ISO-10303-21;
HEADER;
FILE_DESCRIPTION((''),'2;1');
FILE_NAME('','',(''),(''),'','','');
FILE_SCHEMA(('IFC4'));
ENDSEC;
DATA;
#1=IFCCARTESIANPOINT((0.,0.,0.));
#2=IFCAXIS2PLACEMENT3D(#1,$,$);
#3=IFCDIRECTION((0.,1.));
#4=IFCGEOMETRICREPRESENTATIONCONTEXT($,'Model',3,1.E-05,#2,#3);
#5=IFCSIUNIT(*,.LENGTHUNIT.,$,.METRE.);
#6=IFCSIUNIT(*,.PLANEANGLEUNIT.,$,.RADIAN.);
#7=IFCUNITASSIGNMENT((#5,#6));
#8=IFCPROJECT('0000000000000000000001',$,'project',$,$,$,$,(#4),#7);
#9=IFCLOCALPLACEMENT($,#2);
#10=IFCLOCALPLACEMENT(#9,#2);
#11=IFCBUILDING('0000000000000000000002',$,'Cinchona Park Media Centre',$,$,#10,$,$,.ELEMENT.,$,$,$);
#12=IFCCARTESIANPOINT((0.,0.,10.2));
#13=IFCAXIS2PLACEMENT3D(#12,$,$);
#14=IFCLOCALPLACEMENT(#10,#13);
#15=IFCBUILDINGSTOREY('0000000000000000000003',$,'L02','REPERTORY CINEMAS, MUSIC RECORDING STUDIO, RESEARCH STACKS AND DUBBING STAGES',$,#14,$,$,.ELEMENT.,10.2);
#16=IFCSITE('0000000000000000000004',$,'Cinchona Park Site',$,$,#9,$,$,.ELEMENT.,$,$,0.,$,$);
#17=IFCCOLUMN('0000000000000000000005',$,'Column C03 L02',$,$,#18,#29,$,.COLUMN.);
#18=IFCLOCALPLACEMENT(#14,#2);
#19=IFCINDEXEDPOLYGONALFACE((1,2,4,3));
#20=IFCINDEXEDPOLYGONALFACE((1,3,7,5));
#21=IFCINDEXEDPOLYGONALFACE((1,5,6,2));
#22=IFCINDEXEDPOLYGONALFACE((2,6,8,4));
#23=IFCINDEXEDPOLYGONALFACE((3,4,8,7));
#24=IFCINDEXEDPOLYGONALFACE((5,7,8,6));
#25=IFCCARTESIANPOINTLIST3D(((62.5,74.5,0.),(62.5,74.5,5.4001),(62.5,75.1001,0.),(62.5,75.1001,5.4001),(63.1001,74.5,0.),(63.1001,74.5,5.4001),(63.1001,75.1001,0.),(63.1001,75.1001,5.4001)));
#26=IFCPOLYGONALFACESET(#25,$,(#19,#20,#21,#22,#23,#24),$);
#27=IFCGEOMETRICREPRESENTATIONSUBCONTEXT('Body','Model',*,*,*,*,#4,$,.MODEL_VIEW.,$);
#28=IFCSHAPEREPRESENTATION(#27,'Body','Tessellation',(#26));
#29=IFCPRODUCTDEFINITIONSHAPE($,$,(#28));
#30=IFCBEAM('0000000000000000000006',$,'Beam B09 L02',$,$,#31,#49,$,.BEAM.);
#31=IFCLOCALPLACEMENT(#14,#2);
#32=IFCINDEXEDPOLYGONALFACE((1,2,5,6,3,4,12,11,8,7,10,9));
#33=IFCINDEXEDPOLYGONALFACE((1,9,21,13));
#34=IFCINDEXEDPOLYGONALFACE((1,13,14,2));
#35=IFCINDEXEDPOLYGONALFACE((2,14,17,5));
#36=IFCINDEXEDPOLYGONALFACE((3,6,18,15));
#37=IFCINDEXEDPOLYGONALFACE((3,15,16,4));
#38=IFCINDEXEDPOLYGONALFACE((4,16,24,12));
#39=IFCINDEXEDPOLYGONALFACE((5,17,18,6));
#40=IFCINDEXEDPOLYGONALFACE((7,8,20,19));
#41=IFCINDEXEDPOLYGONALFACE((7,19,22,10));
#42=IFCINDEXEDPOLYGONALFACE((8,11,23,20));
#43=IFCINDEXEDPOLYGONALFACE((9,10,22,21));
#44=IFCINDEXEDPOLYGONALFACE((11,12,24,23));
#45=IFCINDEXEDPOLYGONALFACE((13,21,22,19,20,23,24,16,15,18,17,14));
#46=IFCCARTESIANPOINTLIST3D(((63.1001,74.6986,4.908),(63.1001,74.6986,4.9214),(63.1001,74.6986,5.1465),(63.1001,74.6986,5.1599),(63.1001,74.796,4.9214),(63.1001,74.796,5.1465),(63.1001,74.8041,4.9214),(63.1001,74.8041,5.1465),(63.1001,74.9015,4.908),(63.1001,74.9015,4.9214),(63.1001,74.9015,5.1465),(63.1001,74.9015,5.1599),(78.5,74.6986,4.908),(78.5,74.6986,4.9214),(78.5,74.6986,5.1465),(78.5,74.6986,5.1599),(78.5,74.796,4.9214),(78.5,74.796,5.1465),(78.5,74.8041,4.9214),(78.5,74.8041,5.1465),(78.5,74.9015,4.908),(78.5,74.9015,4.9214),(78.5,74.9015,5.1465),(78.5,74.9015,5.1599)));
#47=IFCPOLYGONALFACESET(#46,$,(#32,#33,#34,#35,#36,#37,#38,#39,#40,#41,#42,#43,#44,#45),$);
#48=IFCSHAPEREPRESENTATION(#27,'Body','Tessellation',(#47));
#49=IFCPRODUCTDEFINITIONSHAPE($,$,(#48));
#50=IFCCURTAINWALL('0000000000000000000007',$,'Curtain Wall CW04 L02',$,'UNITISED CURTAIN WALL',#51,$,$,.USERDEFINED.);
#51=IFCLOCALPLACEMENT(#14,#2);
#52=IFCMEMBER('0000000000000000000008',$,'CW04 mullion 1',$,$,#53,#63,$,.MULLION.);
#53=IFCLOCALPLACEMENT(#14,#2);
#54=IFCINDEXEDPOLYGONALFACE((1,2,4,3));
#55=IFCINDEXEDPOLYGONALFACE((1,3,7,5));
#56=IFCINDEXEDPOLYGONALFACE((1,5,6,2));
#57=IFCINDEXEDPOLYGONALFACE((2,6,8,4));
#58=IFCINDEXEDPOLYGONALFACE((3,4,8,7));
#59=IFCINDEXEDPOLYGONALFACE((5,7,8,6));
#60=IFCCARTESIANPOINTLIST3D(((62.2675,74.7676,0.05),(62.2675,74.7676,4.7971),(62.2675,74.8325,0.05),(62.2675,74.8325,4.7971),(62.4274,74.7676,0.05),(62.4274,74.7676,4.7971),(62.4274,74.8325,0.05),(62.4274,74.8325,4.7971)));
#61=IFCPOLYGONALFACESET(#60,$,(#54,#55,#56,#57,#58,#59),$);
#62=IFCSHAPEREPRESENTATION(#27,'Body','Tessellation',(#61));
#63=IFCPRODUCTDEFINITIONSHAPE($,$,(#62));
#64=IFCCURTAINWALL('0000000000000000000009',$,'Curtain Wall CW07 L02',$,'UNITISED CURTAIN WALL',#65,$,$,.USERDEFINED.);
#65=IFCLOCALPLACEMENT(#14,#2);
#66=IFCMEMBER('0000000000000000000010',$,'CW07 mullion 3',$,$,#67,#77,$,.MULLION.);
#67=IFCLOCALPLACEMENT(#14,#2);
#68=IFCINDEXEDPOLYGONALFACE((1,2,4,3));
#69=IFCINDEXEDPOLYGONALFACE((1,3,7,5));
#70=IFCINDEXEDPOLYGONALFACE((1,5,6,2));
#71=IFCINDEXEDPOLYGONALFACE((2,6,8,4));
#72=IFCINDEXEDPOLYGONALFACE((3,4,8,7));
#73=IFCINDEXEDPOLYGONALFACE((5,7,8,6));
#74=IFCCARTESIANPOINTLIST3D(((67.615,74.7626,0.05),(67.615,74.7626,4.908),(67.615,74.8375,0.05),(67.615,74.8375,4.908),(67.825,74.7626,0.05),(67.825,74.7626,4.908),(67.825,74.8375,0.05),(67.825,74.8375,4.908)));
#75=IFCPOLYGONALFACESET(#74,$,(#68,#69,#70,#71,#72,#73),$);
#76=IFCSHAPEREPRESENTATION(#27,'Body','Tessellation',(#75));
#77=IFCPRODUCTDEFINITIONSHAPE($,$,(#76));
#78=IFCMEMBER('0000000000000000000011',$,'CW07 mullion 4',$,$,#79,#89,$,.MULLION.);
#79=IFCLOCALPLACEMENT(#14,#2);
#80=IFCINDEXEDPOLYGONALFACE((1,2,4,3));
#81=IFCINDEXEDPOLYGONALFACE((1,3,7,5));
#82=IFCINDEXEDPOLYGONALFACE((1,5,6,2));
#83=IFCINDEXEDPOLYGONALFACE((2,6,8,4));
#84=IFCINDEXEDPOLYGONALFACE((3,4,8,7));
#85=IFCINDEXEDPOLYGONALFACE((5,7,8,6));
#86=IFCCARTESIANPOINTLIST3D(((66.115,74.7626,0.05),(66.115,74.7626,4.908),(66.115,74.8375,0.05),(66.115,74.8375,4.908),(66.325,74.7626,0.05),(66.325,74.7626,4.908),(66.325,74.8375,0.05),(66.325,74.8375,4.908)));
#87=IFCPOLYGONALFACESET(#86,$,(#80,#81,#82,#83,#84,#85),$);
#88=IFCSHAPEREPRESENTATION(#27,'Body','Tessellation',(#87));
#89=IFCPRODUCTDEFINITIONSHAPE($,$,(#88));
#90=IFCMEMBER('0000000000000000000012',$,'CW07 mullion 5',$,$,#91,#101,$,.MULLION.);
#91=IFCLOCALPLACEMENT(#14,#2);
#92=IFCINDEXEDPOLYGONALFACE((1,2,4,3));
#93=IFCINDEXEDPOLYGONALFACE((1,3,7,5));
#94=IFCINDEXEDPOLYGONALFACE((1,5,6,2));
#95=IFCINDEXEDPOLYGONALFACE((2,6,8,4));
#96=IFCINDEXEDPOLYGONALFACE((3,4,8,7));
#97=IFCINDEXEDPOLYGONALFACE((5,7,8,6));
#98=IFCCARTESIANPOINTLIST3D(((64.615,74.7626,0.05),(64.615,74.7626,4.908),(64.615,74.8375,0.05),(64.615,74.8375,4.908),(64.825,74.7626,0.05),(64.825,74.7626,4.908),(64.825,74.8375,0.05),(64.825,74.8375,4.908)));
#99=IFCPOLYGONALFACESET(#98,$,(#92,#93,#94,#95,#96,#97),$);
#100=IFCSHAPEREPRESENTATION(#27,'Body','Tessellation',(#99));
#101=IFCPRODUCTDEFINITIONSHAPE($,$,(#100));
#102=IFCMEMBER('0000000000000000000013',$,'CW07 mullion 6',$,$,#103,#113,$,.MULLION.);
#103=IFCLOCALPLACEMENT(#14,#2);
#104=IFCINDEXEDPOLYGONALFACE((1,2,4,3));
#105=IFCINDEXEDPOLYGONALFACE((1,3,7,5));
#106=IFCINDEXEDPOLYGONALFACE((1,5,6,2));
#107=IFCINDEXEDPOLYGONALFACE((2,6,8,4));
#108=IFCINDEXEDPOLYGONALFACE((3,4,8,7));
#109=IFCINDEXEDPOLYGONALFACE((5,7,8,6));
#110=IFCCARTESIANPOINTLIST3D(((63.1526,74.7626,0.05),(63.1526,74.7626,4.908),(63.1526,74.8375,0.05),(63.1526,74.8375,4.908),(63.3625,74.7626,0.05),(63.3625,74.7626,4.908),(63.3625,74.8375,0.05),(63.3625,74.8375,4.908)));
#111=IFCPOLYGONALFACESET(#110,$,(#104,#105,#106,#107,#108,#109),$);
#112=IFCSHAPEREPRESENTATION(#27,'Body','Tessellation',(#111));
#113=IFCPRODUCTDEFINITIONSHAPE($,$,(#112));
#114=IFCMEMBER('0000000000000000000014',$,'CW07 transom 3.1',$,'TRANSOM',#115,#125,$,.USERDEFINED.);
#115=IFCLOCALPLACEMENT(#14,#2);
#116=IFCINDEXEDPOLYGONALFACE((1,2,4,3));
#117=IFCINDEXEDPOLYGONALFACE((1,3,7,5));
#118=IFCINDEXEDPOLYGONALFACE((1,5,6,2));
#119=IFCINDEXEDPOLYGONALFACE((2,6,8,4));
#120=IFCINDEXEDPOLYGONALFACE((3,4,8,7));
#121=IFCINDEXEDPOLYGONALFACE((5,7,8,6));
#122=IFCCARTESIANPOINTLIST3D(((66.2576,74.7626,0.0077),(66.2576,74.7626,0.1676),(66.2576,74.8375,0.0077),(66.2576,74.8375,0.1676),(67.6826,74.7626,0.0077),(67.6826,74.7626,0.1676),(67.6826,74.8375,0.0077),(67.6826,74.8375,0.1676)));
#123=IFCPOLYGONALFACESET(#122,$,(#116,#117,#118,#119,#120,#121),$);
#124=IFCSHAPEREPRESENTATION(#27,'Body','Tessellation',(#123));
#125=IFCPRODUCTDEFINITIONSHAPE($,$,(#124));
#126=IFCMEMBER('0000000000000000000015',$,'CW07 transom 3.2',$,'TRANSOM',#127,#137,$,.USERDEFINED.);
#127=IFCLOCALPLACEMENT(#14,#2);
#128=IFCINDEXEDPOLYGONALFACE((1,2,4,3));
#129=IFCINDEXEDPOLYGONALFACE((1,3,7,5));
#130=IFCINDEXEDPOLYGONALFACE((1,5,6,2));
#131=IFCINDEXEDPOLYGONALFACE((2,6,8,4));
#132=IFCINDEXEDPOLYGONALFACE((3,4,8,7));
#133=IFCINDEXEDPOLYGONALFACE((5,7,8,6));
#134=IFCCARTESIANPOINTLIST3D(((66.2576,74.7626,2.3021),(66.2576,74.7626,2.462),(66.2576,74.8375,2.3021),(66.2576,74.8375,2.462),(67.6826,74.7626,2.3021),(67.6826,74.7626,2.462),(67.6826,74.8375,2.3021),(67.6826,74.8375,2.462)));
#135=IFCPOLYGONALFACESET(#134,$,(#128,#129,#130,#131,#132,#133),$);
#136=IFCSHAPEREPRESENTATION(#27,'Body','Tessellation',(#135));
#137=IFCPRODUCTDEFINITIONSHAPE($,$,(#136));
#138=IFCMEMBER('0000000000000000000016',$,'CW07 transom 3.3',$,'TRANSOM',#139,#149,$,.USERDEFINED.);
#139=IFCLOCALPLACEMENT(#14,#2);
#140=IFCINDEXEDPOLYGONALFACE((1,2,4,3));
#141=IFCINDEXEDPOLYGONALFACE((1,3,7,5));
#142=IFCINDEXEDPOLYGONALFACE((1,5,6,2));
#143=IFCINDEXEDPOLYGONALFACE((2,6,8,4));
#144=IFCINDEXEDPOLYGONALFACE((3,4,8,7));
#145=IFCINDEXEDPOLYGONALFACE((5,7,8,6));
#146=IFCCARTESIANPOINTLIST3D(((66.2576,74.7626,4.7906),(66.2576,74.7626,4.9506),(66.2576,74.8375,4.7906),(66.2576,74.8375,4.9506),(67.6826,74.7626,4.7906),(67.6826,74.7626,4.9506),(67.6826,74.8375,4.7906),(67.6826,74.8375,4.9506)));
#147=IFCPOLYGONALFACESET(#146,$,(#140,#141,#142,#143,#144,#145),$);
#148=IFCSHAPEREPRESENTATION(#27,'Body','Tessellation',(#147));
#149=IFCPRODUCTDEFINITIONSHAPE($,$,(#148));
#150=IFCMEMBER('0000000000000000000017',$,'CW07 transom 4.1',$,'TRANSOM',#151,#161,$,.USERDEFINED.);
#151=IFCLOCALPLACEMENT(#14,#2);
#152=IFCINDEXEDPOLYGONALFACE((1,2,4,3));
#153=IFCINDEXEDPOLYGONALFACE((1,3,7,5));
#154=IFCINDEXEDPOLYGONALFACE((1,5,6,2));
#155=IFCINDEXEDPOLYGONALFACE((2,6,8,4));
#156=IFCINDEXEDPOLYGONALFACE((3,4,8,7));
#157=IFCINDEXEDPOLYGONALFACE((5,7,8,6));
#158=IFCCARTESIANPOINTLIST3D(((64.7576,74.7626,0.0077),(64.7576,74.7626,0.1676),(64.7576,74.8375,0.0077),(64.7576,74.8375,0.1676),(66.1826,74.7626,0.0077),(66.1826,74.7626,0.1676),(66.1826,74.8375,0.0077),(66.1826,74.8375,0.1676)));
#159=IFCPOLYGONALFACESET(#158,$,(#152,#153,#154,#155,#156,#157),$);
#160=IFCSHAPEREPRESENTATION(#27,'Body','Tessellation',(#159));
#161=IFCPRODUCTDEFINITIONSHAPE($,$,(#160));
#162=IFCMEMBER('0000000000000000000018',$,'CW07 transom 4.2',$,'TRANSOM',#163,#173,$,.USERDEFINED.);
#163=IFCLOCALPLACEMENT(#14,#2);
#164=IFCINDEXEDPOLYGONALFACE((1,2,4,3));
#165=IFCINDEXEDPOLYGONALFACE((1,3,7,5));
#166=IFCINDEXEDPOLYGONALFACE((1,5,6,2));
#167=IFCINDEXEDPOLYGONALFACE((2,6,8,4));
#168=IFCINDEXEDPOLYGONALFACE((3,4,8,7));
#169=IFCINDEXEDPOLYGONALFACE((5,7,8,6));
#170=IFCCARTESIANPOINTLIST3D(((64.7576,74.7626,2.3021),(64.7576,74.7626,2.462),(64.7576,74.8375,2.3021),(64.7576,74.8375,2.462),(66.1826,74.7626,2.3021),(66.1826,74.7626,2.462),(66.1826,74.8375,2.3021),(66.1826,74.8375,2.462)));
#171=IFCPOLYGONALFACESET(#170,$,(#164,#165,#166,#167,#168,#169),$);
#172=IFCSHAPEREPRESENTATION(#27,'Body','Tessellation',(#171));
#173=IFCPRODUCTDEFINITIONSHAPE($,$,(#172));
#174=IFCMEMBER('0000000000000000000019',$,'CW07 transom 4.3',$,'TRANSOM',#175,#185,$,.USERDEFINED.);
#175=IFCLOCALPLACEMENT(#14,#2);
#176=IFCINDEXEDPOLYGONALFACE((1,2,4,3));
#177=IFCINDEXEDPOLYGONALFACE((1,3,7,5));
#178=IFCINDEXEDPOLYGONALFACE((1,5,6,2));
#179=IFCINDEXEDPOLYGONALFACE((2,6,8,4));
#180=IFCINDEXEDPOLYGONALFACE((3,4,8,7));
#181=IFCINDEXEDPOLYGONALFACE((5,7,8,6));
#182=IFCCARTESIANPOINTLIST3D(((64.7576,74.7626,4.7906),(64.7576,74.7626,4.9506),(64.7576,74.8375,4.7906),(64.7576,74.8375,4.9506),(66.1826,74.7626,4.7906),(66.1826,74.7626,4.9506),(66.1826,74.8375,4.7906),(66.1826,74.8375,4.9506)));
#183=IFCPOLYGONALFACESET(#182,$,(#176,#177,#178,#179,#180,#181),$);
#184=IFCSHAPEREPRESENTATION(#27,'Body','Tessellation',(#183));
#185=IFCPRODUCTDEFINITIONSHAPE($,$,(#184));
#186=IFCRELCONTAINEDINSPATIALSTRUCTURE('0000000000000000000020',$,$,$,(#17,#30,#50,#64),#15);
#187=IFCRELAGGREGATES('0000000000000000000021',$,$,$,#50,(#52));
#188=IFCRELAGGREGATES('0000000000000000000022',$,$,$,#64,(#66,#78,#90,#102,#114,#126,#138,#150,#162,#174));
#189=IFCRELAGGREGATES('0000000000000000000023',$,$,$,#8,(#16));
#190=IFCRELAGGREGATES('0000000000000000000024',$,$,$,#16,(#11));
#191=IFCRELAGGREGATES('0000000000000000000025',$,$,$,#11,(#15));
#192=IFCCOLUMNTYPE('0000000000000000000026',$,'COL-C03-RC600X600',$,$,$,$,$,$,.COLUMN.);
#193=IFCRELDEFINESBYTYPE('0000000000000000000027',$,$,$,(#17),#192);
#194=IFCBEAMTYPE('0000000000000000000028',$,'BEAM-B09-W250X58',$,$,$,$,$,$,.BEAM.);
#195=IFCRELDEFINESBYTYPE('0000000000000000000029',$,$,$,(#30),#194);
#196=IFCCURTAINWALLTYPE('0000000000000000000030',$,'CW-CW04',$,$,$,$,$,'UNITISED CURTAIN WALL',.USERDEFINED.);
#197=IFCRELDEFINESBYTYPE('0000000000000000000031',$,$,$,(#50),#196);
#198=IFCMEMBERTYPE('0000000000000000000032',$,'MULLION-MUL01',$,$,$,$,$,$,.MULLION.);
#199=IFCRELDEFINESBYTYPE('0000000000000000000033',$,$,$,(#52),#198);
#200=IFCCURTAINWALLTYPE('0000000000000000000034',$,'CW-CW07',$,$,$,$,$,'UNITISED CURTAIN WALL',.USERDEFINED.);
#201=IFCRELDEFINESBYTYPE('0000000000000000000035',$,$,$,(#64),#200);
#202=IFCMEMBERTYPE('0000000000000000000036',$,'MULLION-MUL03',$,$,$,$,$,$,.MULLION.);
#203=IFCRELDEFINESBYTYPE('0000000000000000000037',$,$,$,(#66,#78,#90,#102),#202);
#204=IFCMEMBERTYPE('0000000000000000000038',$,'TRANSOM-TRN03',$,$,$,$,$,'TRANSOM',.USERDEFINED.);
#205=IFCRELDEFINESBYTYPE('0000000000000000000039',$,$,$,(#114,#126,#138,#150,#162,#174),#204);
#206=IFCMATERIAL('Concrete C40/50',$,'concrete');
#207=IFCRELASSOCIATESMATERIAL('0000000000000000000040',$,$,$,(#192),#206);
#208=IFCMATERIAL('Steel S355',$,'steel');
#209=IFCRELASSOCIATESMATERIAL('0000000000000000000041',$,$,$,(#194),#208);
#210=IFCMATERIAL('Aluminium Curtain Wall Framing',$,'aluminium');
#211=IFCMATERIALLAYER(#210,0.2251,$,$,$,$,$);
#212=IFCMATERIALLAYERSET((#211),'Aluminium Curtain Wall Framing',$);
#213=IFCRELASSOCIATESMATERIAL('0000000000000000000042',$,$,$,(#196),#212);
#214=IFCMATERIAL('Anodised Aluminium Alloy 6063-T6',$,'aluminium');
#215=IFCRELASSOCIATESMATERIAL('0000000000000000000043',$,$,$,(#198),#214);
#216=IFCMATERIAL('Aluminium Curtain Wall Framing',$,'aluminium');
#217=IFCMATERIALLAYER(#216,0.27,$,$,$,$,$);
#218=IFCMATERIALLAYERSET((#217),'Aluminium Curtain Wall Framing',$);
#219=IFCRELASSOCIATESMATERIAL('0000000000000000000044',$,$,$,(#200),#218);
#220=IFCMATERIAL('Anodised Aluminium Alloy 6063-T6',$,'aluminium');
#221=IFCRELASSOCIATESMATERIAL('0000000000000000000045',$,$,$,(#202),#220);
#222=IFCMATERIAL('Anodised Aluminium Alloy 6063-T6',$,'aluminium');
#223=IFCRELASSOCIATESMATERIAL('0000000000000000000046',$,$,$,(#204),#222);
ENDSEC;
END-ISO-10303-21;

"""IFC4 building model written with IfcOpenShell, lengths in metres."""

from ifc_helpers import new_model, si_unit, direction, frame, origin, origin_2d, place, context, subcontext, project, spatial, rectangle, i_section, extrude, material, layer, layer_set, material_profile, profile_set, type_object, element, aggregate, save


model = new_model("IFC4")

# Units and contexts
model_context = context("Model", 3, precision=1e-05, world=origin(), true_north=direction((0.0, 1.0)))
body_context = subcontext(model_context, "Body", "Model", "MODEL_VIEW")
ifc_project = project(units=[si_unit("LENGTHUNIT", "METRE"), si_unit("PLANEANGLEUNIT", "RADIAN")], contexts=[model_context])

# Site, building, storey
site_placement = place(None, origin())
site = spatial("IfcSite", under=ifc_project, at=site_placement, Name="Cinchona Park Site", CompositionType="ELEMENT", RefElevation=0.0)
building_placement = place(site_placement, origin())
building = spatial("IfcBuilding", under=site, at=building_placement, Name="Cinchona Park Media Centre", CompositionType="ELEMENT")
storey_placement = place(building_placement, frame((0.0, 0.0, 10.2)))
storey = spatial("IfcBuildingStorey", under=building, at=storey_placement, Name="L02", Description="REPERTORY CINEMAS, MUSIC RECORDING STUDIO, RESEARCH STACKS AND DUBBING STAGES", CompositionType="ELEMENT", Elevation=10.2)

# Column
ifc_material_1 = material(Name="Concrete C40/50", Category="concrete")
ifc_material_profile_1 = material_profile(ifc_material_1, rectangle(XDim=0.6001, YDim=0.6001, at=origin_2d()), Name="RC 600X600")
ifc_profile_set_1 = profile_set([ifc_material_profile_1], Name="Concrete C40/50")
column_type = type_object("IfcColumnType", Name="COL-C03-RC600X600", PredefinedType="COLUMN", material=ifc_profile_set_1)
column_placement = place(storey_placement, frame((62.8, 74.8, 0.0), z_axis=(0.0, 0.0, 1.0), x_axis=(1.0, 0.0, 0.0)))
element("IfcColumn", 1, at=column_placement, inside=storey, type_object=column_type, Name="Column C03 L02", PredefinedType="COLUMN", context=body_context, shape_type="SweptSolid", body=[
    extrude(rectangle(XDim=0.6001, YDim=0.6001, at=origin_2d()), origin(), (0.0, 0.0, 1.0), 5.4001),
])

# Beam
ifc_material_2 = material(Name="Steel S355", Category="steel")
ifc_material_profile_2 = material_profile(ifc_material_2, i_section(OverallWidth=0.2029, OverallDepth=0.252, WebThickness=0.0081, FlangeThickness=0.0134, at=origin_2d()), Name="W250X58")
ifc_profile_set_2 = profile_set([ifc_material_profile_2], Name="Steel S355")
beam_type = type_object("IfcBeamType", Name="BEAM-B09-W250X58", PredefinedType="BEAM", material=ifc_profile_set_2)
beam_placement = place(storey_placement, frame((63.1001, 74.8, 5.0339), z_axis=(1.0, 0.0, 0.0), x_axis=(0.0, 1.0, 0.0)))
element("IfcBeam", 2, at=beam_placement, inside=storey, type_object=beam_type, Name="Beam B09 L02", PredefinedType="BEAM", context=body_context, shape_type="SweptSolid", body=[
    extrude(i_section(OverallWidth=0.2029, OverallDepth=0.252, WebThickness=0.0081, FlangeThickness=0.0134, at=origin_2d()), origin(), (0.0, 0.0, 1.0), 15.3999),
])

# Curtain wall, member
ifc_material_3 = material(Name="Aluminium Curtain Wall Framing", Category="aluminium")
ifc_layer_1 = layer(ifc_material_3, 0.2251)
ifc_layer_set_1 = layer_set([ifc_layer_1], Name="Aluminium Curtain Wall Framing")
curtain_wall_type_1 = type_object("IfcCurtainWallType", Name="CW-CW04", ElementType="UNITISED CURTAIN WALL", PredefinedType="USERDEFINED", material=ifc_layer_set_1)
curtain_wall_1_placement = place(storey_placement, origin())
curtain_wall_1 = element("IfcCurtainWall", 3, at=curtain_wall_1_placement, inside=storey, type_object=curtain_wall_type_1, Name="Curtain Wall CW04 L02", ObjectType="UNITISED CURTAIN WALL", PredefinedType="USERDEFINED")
ifc_material_4 = material(Name="Anodised Aluminium Alloy 6063-T6", Category="aluminium")
ifc_material_profile_3 = material_profile(ifc_material_4, rectangle(XDim=0.0649, YDim=0.1599, at=origin_2d()), Name="MUL-65X160")
ifc_profile_set_3 = profile_set([ifc_material_profile_3], Name="Anodised Aluminium Alloy 6063-T6")
member_type_1 = type_object("IfcMemberType", Name="MULLION-MUL01", PredefinedType="MULLION", material=ifc_profile_set_3)
member_1_placement = place(storey_placement, frame((62.3474, 74.8, 0.05), z_axis=(0.0, 0.0, 1.0), x_axis=(0.0, -1.0, 0.0)))
member_1 = element("IfcMember", 4, at=member_1_placement, type_object=member_type_1, Name="CW04 mullion 1", PredefinedType="MULLION", context=body_context, shape_type="SweptSolid", body=[
    extrude(rectangle(XDim=0.0649, YDim=0.1599, at=origin_2d()), origin(), (0.0, 0.0, 1.0), 4.7471),
])
aggregate(curtain_wall_1, [member_1])

# Curtain wall, members
ifc_material_5 = material(Name="Aluminium Curtain Wall Framing", Category="aluminium")
ifc_layer_2 = layer(ifc_material_5, 0.27)
ifc_layer_set_2 = layer_set([ifc_layer_2], Name="Aluminium Curtain Wall Framing")
curtain_wall_type_2 = type_object("IfcCurtainWallType", Name="CW-CW07", ElementType="UNITISED CURTAIN WALL", PredefinedType="USERDEFINED", material=ifc_layer_set_2)
curtain_wall_2_placement = place(storey_placement, origin())
curtain_wall_2 = element("IfcCurtainWall", 5, at=curtain_wall_2_placement, inside=storey, type_object=curtain_wall_type_2, Name="Curtain Wall CW07 L02", ObjectType="UNITISED CURTAIN WALL", PredefinedType="USERDEFINED")
ifc_material_6 = material(Name="Anodised Aluminium Alloy 6063-T6", Category="aluminium")
ifc_material_profile_4 = material_profile(ifc_material_6, rectangle(XDim=0.075, YDim=0.21, at=origin_2d()), Name="MUL-75X210")
ifc_profile_set_4 = profile_set([ifc_material_profile_4], Name="Anodised Aluminium Alloy 6063-T6")
member_type_2 = type_object("IfcMemberType", Name="MULLION-MUL03", PredefinedType="MULLION", material=ifc_profile_set_4)
member_2_placement = place(storey_placement, frame((67.72, 74.8, 0.05), z_axis=(0.0, 0.0, 1.0), x_axis=(0.0, -1.0, 0.0)))
member_2 = element("IfcMember", 6, at=member_2_placement, type_object=member_type_2, Name="CW07 mullion 3", PredefinedType="MULLION", context=body_context, shape_type="SweptSolid", body=[
    extrude(rectangle(XDim=0.075, YDim=0.21, at=origin_2d()), origin(), (0.0, 0.0, 1.0), 4.8579),
])
member_3_placement = place(storey_placement, frame((66.22, 74.8, 0.05), z_axis=(0.0, 0.0, 1.0), x_axis=(0.0, -1.0, 0.0)))
member_3 = element("IfcMember", 7, at=member_3_placement, type_object=member_type_2, Name="CW07 mullion 4", PredefinedType="MULLION", context=body_context, shape_type="SweptSolid", body=[
    extrude(rectangle(XDim=0.075, YDim=0.21, at=origin_2d()), origin(), (0.0, 0.0, 1.0), 4.8579),
])
member_4_placement = place(storey_placement, frame((64.72, 74.8, 0.05), z_axis=(0.0, 0.0, 1.0), x_axis=(0.0, -1.0, 0.0)))
member_4 = element("IfcMember", 8, at=member_4_placement, type_object=member_type_2, Name="CW07 mullion 5", PredefinedType="MULLION", context=body_context, shape_type="SweptSolid", body=[
    extrude(rectangle(XDim=0.075, YDim=0.21, at=origin_2d()), origin(), (0.0, 0.0, 1.0), 4.8579),
])
member_5_placement = place(storey_placement, frame((63.2576, 74.8, 0.05), z_axis=(0.0, 0.0, 1.0), x_axis=(0.0, -1.0, 0.0)))
member_5 = element("IfcMember", 9, at=member_5_placement, type_object=member_type_2, Name="CW07 mullion 6", PredefinedType="MULLION", context=body_context, shape_type="SweptSolid", body=[
    extrude(rectangle(XDim=0.075, YDim=0.21, at=origin_2d()), origin(), (0.0, 0.0, 1.0), 4.8579),
])
ifc_material_7 = material(Name="Anodised Aluminium Alloy 6063-T6", Category="aluminium")
ifc_material_profile_5 = material_profile(ifc_material_7, rectangle(XDim=0.075, YDim=0.1599, at=origin_2d()), Name="TRN-75X160")
ifc_profile_set_5 = profile_set([ifc_material_profile_5], Name="Anodised Aluminium Alloy 6063-T6")
member_type_3 = type_object("IfcMemberType", Name="TRANSOM-TRN03", ElementType="TRANSOM", PredefinedType="USERDEFINED", material=ifc_profile_set_5)
member_6_placement = place(storey_placement, frame((67.6826, 74.8, 0.0876), z_axis=(-1.0, 0.0, 0.0), x_axis=(0.0, -1.0, 0.0)))
member_6 = element("IfcMember", 10, at=member_6_placement, type_object=member_type_3, Name="CW07 transom 3.1", ObjectType="TRANSOM", PredefinedType="USERDEFINED", context=body_context, shape_type="SweptSolid", body=[
    extrude(rectangle(XDim=0.075, YDim=0.1599, at=origin_2d()), origin(), (0.0, 0.0, 1.0), 1.425),
])
member_7_placement = place(storey_placement, frame((67.6826, 74.8, 2.3821), z_axis=(-1.0, 0.0, 0.0), x_axis=(0.0, -1.0, 0.0)))
member_7 = element("IfcMember", 11, at=member_7_placement, type_object=member_type_3, Name="CW07 transom 3.2", ObjectType="TRANSOM", PredefinedType="USERDEFINED", context=body_context, shape_type="SweptSolid", body=[
    extrude(rectangle(XDim=0.075, YDim=0.1599, at=origin_2d()), origin(), (0.0, 0.0, 1.0), 1.425),
])
member_8_placement = place(storey_placement, frame((67.6826, 74.8, 4.8706), z_axis=(-1.0, 0.0, 0.0), x_axis=(0.0, -1.0, 0.0)))
member_8 = element("IfcMember", 12, at=member_8_placement, type_object=member_type_3, Name="CW07 transom 3.3", ObjectType="TRANSOM", PredefinedType="USERDEFINED", context=body_context, shape_type="SweptSolid", body=[
    extrude(rectangle(XDim=0.075, YDim=0.1599, at=origin_2d()), origin(), (0.0, 0.0, 1.0), 1.425),
])
member_9_placement = place(storey_placement, frame((66.1826, 74.8, 0.0876), z_axis=(-1.0, 0.0, 0.0), x_axis=(0.0, -1.0, 0.0)))
member_9 = element("IfcMember", 13, at=member_9_placement, type_object=member_type_3, Name="CW07 transom 4.1", ObjectType="TRANSOM", PredefinedType="USERDEFINED", context=body_context, shape_type="SweptSolid", body=[
    extrude(rectangle(XDim=0.075, YDim=0.1599, at=origin_2d()), origin(), (0.0, 0.0, 1.0), 1.425),
])
member_10_placement = place(storey_placement, frame((66.1826, 74.8, 2.3821), z_axis=(-1.0, 0.0, 0.0), x_axis=(0.0, -1.0, 0.0)))
member_10 = element("IfcMember", 14, at=member_10_placement, type_object=member_type_3, Name="CW07 transom 4.2", ObjectType="TRANSOM", PredefinedType="USERDEFINED", context=body_context, shape_type="SweptSolid", body=[
    extrude(rectangle(XDim=0.075, YDim=0.1599, at=origin_2d()), origin(), (0.0, 0.0, 1.0), 1.425),
])
member_11_placement = place(storey_placement, frame((66.1826, 74.8, 4.8706), z_axis=(-1.0, 0.0, 0.0), x_axis=(0.0, -1.0, 0.0)))
member_11 = element("IfcMember", 15, at=member_11_placement, type_object=member_type_3, Name="CW07 transom 4.3", ObjectType="TRANSOM", PredefinedType="USERDEFINED", context=body_context, shape_type="SweptSolid", body=[
    extrude(rectangle(XDim=0.075, YDim=0.1599, at=origin_2d()), origin(), (0.0, 0.0, 1.0), 1.425),
])
aggregate(curtain_wall_2, [member_2, member_3, member_4, member_5, member_6, member_7, member_8, member_9, member_10, member_11])

save(model, "model.ifc")
